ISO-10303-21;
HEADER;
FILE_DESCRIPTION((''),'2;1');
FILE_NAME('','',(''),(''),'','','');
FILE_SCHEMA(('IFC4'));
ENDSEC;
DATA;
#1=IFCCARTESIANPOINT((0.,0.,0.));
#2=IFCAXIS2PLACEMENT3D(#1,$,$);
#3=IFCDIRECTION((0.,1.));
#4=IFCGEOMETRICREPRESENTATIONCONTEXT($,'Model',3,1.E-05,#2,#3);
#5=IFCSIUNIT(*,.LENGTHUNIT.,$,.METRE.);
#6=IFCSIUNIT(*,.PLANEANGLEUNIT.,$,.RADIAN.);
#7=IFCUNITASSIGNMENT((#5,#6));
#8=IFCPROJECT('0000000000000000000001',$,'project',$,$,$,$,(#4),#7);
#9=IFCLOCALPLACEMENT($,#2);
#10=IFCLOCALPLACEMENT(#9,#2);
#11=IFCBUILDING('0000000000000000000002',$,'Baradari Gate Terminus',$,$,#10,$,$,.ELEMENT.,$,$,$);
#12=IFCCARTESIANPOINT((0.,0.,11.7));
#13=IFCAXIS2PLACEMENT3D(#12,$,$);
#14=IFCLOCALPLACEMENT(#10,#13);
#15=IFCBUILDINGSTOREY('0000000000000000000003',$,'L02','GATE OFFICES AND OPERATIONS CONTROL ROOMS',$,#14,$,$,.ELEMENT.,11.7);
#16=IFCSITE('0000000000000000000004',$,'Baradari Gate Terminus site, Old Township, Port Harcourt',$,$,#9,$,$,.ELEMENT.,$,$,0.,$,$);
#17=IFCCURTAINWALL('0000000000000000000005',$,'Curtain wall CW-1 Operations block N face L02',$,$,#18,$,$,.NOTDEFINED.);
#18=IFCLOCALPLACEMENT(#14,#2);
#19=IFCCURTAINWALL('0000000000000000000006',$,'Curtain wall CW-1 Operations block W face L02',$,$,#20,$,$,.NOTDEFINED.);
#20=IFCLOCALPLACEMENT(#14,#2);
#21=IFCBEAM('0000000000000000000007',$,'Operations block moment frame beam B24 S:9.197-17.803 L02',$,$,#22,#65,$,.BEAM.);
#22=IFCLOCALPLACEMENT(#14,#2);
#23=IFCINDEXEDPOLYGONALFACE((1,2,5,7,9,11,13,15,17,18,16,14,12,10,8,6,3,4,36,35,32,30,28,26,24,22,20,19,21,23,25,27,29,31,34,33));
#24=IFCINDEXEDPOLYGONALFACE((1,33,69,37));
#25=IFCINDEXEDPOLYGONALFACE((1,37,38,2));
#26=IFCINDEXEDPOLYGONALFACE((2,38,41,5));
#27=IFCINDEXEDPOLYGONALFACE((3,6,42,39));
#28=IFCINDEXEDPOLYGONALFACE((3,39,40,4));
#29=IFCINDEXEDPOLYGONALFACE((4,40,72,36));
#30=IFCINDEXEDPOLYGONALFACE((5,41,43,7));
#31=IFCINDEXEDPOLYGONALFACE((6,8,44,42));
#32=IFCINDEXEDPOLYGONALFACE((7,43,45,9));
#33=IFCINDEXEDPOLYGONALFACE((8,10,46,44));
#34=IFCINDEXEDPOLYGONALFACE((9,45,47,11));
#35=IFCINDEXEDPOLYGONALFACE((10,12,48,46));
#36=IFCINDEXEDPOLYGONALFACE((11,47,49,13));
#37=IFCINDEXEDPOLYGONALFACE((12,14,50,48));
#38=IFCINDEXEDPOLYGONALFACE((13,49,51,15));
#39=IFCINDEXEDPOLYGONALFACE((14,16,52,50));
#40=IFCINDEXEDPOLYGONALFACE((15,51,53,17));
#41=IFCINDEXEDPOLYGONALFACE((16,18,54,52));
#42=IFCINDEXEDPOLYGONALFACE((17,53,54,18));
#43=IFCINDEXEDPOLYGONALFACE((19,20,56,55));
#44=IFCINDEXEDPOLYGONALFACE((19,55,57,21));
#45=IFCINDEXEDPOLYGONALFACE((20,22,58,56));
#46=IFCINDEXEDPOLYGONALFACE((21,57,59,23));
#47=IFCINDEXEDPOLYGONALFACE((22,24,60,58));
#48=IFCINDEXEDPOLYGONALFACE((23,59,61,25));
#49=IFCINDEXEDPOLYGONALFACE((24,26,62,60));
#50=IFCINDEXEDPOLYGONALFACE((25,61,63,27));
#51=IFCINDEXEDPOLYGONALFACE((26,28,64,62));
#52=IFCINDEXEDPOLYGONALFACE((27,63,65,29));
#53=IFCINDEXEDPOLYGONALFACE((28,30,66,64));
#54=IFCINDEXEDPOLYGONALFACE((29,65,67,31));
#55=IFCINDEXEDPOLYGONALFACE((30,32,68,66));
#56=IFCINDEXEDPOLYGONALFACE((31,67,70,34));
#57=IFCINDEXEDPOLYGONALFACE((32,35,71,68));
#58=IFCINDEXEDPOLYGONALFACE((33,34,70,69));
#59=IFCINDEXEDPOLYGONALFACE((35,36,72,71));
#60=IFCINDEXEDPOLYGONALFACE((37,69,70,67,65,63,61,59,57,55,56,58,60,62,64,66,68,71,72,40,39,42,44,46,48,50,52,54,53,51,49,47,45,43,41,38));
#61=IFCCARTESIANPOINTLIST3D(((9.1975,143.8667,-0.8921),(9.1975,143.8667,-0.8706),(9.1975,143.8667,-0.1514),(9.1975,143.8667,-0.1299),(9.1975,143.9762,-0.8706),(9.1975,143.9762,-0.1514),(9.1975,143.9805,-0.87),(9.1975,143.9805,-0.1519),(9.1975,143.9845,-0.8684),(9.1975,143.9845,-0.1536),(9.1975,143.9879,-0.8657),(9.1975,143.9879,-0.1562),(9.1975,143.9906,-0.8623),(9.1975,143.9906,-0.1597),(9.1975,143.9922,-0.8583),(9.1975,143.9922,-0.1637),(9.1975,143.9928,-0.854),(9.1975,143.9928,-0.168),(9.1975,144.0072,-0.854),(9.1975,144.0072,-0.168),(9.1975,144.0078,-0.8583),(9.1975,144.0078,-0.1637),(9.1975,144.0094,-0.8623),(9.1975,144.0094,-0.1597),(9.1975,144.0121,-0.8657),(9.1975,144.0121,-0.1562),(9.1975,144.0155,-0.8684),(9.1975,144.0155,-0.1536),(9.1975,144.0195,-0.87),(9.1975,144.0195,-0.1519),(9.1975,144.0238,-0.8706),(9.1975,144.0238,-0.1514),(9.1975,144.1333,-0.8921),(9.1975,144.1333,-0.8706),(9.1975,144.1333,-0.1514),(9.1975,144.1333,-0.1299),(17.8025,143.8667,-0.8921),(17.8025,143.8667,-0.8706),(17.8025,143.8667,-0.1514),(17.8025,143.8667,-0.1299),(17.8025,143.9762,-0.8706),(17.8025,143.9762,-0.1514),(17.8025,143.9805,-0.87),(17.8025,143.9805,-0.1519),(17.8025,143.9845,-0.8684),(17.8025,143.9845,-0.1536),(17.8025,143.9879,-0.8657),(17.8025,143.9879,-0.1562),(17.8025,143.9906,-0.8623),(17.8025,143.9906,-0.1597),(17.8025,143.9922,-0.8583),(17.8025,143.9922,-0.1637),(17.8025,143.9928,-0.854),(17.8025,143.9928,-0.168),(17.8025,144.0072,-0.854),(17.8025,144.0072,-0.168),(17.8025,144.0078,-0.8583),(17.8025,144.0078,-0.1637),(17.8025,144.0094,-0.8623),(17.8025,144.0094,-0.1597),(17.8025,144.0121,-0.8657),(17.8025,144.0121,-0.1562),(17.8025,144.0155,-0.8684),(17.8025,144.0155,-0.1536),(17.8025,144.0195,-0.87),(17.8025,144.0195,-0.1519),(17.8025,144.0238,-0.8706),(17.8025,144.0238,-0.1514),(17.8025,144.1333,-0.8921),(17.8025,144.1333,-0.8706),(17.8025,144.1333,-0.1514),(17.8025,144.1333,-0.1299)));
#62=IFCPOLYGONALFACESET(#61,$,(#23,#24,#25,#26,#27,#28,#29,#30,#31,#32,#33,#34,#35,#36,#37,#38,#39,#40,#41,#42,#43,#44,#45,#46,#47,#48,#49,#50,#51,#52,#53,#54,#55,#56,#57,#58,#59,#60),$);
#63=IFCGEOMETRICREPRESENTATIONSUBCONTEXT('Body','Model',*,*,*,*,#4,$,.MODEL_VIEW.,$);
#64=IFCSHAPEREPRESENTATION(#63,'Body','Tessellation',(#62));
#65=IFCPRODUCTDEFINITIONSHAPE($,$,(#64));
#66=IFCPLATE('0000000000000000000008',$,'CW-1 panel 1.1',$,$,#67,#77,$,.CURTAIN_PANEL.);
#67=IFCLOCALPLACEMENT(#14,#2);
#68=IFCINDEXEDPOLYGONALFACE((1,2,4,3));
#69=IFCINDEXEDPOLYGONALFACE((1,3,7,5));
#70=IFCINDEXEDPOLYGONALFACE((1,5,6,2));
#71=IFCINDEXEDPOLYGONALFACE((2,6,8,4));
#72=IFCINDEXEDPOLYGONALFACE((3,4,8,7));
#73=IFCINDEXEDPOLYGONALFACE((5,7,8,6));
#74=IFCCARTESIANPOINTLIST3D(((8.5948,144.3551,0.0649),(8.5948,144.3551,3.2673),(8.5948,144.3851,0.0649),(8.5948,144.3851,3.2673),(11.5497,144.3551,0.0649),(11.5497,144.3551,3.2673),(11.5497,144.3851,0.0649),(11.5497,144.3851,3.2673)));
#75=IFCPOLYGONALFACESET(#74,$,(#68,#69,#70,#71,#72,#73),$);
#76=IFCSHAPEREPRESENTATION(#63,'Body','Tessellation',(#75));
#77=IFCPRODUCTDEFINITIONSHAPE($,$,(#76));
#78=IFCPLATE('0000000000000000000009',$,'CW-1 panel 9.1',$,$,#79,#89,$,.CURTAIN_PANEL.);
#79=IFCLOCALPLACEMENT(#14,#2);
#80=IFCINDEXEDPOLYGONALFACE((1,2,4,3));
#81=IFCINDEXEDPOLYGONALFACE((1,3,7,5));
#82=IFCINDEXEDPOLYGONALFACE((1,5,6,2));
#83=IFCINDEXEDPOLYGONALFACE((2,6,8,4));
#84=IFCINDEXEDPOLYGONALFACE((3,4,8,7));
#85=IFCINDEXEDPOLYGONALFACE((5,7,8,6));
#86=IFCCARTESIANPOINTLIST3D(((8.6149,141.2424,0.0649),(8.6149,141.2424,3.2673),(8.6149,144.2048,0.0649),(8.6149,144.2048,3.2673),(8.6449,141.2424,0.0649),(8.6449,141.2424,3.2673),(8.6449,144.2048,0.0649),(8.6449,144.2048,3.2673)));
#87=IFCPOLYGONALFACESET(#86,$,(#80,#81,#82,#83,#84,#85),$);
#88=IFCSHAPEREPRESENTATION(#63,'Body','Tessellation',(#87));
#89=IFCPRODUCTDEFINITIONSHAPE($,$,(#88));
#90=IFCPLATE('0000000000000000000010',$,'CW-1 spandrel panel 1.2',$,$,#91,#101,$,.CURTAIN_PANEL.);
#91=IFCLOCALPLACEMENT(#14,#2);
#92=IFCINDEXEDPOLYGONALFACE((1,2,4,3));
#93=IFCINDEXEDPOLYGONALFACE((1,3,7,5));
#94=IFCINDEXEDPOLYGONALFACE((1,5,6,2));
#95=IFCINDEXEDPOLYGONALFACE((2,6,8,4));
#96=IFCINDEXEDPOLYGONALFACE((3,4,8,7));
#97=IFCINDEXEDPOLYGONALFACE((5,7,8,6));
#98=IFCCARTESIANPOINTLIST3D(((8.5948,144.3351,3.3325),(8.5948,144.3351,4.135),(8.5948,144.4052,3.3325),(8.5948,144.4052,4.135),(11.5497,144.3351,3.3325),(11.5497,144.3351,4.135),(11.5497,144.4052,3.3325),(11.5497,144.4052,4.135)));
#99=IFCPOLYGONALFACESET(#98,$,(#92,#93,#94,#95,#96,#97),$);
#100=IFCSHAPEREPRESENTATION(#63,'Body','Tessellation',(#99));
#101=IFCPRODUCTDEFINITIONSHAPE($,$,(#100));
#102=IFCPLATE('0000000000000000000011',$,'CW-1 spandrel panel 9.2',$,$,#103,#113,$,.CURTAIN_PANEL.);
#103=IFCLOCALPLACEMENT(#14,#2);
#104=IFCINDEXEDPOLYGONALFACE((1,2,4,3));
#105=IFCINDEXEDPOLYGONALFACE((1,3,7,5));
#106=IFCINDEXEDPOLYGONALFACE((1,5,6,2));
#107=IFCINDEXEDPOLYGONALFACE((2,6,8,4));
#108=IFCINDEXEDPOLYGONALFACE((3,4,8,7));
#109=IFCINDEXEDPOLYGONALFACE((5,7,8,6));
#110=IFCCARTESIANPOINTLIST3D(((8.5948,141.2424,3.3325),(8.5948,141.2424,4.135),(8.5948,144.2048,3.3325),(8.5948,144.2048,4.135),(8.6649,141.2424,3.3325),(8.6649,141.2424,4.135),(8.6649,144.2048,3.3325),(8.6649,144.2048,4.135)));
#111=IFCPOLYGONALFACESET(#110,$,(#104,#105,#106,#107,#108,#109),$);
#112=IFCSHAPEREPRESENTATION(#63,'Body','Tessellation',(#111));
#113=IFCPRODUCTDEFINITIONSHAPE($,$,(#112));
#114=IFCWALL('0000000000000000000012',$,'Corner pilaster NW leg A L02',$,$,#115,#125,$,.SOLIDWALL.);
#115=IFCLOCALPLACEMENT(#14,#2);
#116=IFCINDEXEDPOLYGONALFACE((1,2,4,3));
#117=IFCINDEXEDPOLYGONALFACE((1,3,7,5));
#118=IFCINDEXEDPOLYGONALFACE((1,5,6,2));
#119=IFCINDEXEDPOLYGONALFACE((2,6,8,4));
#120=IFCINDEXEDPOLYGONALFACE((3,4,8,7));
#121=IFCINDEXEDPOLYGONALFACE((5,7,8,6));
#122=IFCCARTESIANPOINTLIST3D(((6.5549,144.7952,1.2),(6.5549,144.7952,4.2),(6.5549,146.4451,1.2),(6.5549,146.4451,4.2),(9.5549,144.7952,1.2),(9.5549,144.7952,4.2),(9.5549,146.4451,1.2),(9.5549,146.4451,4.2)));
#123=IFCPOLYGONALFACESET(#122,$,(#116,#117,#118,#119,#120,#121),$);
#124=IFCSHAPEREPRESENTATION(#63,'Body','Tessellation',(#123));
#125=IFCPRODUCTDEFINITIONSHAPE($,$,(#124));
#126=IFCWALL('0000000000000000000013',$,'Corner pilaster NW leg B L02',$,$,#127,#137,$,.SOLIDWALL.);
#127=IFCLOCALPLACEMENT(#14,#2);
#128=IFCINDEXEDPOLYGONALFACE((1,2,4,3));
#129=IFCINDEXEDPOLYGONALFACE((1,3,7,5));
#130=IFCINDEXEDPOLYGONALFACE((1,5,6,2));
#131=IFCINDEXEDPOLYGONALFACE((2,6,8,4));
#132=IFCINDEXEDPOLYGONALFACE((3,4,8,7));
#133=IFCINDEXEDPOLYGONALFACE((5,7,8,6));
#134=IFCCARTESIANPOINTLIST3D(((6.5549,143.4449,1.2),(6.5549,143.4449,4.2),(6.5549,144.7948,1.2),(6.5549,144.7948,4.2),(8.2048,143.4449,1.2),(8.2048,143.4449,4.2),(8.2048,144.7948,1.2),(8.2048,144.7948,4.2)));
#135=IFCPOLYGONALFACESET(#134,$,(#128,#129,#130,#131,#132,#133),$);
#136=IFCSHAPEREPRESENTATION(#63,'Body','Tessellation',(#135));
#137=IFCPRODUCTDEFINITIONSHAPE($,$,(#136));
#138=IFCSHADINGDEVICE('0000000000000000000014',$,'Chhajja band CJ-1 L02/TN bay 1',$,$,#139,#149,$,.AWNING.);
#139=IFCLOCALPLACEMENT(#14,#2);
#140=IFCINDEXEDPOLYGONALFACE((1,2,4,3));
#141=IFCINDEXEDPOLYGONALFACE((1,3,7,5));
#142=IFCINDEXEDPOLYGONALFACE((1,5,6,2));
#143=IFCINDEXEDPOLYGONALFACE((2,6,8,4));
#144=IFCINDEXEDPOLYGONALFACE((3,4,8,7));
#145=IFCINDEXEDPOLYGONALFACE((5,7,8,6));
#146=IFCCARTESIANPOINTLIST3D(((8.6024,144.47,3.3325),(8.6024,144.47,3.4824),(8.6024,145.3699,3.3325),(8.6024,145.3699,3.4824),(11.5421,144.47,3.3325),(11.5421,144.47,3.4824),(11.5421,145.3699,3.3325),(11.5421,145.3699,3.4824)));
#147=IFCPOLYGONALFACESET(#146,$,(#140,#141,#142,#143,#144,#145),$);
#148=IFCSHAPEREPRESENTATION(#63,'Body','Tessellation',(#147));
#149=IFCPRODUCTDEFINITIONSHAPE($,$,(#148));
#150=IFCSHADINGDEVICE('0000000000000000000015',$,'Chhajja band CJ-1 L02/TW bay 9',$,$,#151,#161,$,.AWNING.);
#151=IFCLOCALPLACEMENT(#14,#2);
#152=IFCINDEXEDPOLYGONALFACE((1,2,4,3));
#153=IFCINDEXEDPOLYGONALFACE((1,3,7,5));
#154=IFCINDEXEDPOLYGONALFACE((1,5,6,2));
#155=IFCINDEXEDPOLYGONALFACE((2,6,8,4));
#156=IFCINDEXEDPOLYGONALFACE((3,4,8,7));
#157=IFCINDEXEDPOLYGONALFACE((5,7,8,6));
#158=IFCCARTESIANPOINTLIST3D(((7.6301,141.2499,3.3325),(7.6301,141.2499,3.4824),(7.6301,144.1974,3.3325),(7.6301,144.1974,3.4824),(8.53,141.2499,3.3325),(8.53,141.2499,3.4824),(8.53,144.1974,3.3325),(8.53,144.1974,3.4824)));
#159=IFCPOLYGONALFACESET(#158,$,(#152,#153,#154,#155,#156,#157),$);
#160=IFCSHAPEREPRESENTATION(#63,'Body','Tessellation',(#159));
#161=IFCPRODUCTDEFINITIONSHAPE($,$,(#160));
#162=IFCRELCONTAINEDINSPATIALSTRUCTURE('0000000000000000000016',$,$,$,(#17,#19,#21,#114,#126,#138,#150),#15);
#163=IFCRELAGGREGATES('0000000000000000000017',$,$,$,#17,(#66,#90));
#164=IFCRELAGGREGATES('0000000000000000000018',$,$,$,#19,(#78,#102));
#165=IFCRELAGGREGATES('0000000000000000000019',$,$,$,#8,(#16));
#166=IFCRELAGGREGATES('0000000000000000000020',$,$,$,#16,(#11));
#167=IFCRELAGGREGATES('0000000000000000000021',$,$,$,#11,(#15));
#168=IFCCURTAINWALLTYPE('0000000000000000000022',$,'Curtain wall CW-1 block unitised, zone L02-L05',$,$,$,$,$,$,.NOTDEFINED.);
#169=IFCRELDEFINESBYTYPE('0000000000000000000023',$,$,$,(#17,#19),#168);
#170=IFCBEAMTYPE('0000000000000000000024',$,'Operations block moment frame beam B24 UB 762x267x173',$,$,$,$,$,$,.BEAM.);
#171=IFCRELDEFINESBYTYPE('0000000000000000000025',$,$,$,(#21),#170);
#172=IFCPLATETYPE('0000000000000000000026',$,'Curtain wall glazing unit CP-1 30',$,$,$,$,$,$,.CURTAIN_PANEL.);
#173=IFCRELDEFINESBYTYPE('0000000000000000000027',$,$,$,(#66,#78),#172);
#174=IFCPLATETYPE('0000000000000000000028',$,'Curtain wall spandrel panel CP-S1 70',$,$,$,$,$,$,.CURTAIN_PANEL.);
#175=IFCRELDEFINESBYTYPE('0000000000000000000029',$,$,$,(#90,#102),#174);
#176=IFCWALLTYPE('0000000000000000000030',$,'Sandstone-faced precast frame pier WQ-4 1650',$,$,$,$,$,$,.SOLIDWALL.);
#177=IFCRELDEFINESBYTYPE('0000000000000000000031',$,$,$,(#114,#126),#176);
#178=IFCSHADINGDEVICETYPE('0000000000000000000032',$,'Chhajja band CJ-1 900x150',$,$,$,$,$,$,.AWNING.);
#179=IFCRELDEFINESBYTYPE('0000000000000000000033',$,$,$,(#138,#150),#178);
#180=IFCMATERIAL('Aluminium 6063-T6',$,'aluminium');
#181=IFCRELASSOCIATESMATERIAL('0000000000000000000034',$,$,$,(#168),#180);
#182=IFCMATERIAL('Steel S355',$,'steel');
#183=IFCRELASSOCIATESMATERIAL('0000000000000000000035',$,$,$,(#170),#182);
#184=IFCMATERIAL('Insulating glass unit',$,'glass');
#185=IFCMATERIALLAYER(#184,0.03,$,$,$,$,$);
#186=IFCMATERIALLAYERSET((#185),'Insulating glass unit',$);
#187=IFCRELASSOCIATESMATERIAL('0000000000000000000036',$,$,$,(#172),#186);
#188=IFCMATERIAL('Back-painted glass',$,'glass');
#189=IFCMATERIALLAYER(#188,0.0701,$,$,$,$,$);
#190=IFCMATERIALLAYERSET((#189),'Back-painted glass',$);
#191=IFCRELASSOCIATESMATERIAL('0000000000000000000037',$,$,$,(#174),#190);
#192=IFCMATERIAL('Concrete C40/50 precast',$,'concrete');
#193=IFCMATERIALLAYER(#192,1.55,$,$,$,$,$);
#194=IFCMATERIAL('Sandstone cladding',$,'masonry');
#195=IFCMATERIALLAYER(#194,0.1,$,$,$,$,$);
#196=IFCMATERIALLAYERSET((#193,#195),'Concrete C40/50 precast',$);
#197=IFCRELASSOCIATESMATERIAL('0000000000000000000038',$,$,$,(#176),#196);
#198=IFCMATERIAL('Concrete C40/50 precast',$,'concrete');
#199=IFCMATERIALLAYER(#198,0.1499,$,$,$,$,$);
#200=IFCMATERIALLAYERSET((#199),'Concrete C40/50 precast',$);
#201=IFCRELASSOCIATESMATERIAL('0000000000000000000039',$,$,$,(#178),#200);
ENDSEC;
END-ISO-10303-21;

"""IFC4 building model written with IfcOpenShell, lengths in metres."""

from ifc_helpers import new_model, si_unit, direction, frame, frame_2d, origin, origin_2d, place, context, subcontext, project, spatial, rectangle, i_section, extrude, material, layer, layer_set, material_profile, profile_set, type_object, element, aggregate, save


model = new_model("IFC4")

# Units and contexts
model_context = context("Model", 3, precision=1e-05, world=origin(), true_north=direction((0.0, 1.0)))
body_context = subcontext(model_context, "Body", "Model", "MODEL_VIEW")
ifc_project = project(units=[si_unit("LENGTHUNIT", "METRE"), si_unit("PLANEANGLEUNIT", "RADIAN")], contexts=[model_context])

# Site, building, storey
site_placement = place(None, origin())
site = spatial("IfcSite", under=ifc_project, at=site_placement, Name="Baradari Gate Terminus site, Old Township, Port Harcourt", CompositionType="ELEMENT", RefElevation=0.0)
building_placement = place(site_placement, origin())
building = spatial("IfcBuilding", under=site, at=building_placement, Name="Baradari Gate Terminus", CompositionType="ELEMENT")
storey_placement = place(building_placement, frame((0.0, 0.0, 11.7)))
storey = spatial("IfcBuildingStorey", under=building, at=storey_placement, Name="L02", Description="GATE OFFICES AND OPERATIONS CONTROL ROOMS", CompositionType="ELEMENT", Elevation=11.7)

# Curtain wall
ifc_material_1 = material(Name="Aluminium 6063-T6", Category="aluminium")
curtain_wall_type = type_object("IfcCurtainWallType", Name="Curtain wall CW-1 block unitised, zone L02-L05", PredefinedType="NOTDEFINED", material=ifc_material_1)
curtain_wall_1_placement = place(storey_placement, origin())
curtain_wall_1 = element("IfcCurtainWall", 1, at=curtain_wall_1_placement, inside=storey, type_object=curtain_wall_type, Name="Curtain wall CW-1 Operations block N face L02", PredefinedType="NOTDEFINED")

# Curtain wall
curtain_wall_2_placement = place(storey_placement, origin())
curtain_wall_2 = element("IfcCurtainWall", 2, at=curtain_wall_2_placement, inside=storey, type_object=curtain_wall_type, Name="Curtain wall CW-1 Operations block W face L02", PredefinedType="NOTDEFINED")

# Beam
ifc_material_2 = material(Name="Steel S355", Category="steel")
ifc_material_profile_1 = material_profile(ifc_material_2, i_section(OverallWidth=0.2666, OverallDepth=0.7622, WebThickness=0.0144, FlangeThickness=0.0215, FilletRadius=0.0166, at=origin_2d()), Name="UB 762x267x173")
ifc_profile_set_1 = profile_set([ifc_material_profile_1], Name="Steel S355")
beam_type = type_object("IfcBeamType", Name="Operations block moment frame beam B24 UB 762x267x173", PredefinedType="BEAM", material=ifc_profile_set_1)
beam_placement = place(storey_placement, frame((9.1975, 144.0, -0.511), z_axis=(1.0, 0.0, 0.0), x_axis=(0.0, 1.0, 0.0)))
element("IfcBeam", 3, at=beam_placement, inside=storey, type_object=beam_type, Name="Operations block moment frame beam B24 S:9.197-17.803 L02", PredefinedType="BEAM", context=body_context, shape_type="SweptSolid", body=[
    extrude(i_section(OverallWidth=0.2666, OverallDepth=0.7622, WebThickness=0.0144, FlangeThickness=0.0215, FilletRadius=0.0166, at=origin_2d()), origin(), (0.0, 0.0, 1.0), 8.605),
])

# Plates
ifc_material_3 = material(Name="Insulating glass unit", Category="glass")
ifc_layer_1 = layer(ifc_material_3, 0.03)
ifc_layer_set_1 = layer_set([ifc_layer_1], Name="Insulating glass unit")
plate_type_1 = type_object("IfcPlateType", Name="Curtain wall glazing unit CP-1 30", PredefinedType="CURTAIN_PANEL", material=ifc_layer_set_1)
plate_1_placement = place(storey_placement, frame((10.0723, 144.3701, 0.0649), z_axis=(0.0, 0.0, 1.0), x_axis=(1.0, 0.0, 0.0)))
plate_1 = element("IfcPlate", 4, at=plate_1_placement, type_object=plate_type_1, Name="CW-1 panel 1.1", PredefinedType="CURTAIN_PANEL", context=body_context, shape_type="SweptSolid", body=[
    extrude(rectangle(XDim=2.9548, YDim=0.03, at=origin_2d()), origin(), (0.0, 0.0, 1.0), 3.2024),
])
plate_2_placement = place(storey_placement, frame((8.6299, 142.7236, 0.0649), z_axis=(0.0, 0.0, 1.0), x_axis=(0.0, 1.0, 0.0)))
plate_2 = element("IfcPlate", 5, at=plate_2_placement, type_object=plate_type_1, Name="CW-1 panel 9.1", PredefinedType="CURTAIN_PANEL", context=body_context, shape_type="SweptSolid", body=[
    extrude(rectangle(XDim=2.9624, YDim=0.03, at=origin_2d()), origin(), (0.0, 0.0, 1.0), 3.2024),
])
ifc_material_4 = material(Name="Back-painted glass", Category="glass")
ifc_layer_2 = layer(ifc_material_4, 0.0701)
ifc_layer_set_2 = layer_set([ifc_layer_2], Name="Back-painted glass")
plate_type_2 = type_object("IfcPlateType", Name="Curtain wall spandrel panel CP-S1 70", PredefinedType="CURTAIN_PANEL", material=ifc_layer_set_2)
plate_3_placement = place(storey_placement, frame((10.0723, 144.3701, 3.3325), z_axis=(0.0, 0.0, 1.0), x_axis=(1.0, 0.0, 0.0)))
plate_3 = element("IfcPlate", 6, at=plate_3_placement, type_object=plate_type_2, Name="CW-1 spandrel panel 1.2", PredefinedType="CURTAIN_PANEL", context=body_context, shape_type="SweptSolid", body=[
    extrude(rectangle(XDim=2.9548, YDim=0.0701, at=origin_2d()), origin(), (0.0, 0.0, 1.0), 0.8025),
])
aggregate(curtain_wall_1, [plate_1, plate_3])
plate_4_placement = place(storey_placement, frame((8.6299, 142.7236, 3.3325), z_axis=(0.0, 0.0, 1.0), x_axis=(0.0, 1.0, 0.0)))
plate_4 = element("IfcPlate", 7, at=plate_4_placement, type_object=plate_type_2, Name="CW-1 spandrel panel 9.2", PredefinedType="CURTAIN_PANEL", context=body_context, shape_type="SweptSolid", body=[
    extrude(rectangle(XDim=2.9624, YDim=0.0701, at=origin_2d()), origin(), (0.0, 0.0, 1.0), 0.8025),
])
aggregate(curtain_wall_2, [plate_2, plate_4])

# Walls
ifc_material_5 = material(Name="Concrete C40/50 precast", Category="concrete")
ifc_layer_3 = layer(ifc_material_5, 1.55)
ifc_material_6 = material(Name="Sandstone cladding", Category="masonry")
ifc_layer_4 = layer(ifc_material_6, 0.1)
ifc_layer_set_3 = layer_set([ifc_layer_3, ifc_layer_4], Name="Concrete C40/50 precast")
wall_type = type_object("IfcWallType", Name="Sandstone-faced precast frame pier WQ-4 1650", PredefinedType="SOLIDWALL", material=ifc_layer_set_3)
wall_1_placement = place(storey_placement, frame((6.5549, 145.6201, 1.2), z_axis=(0.0, 0.0, 1.0), x_axis=(1.0, 0.0, 0.0)))
element("IfcWall", 8, at=wall_1_placement, inside=storey, type_object=wall_type, Name="Corner pilaster NW leg A L02", PredefinedType="SOLIDWALL", context=body_context, shape_type="SweptSolid", body=[
    extrude(rectangle(XDim=3.0, YDim=1.6499, at=frame_2d((1.5, 0.0))), origin(), (0.0, 0.0, 1.0), 3.0),
])
wall_2_placement = place(storey_placement, frame((7.3799, 143.4451, 1.2), z_axis=(0.0, 0.0, 1.0), x_axis=(0.0, 1.0, 0.0)))
element("IfcWall", 9, at=wall_2_placement, inside=storey, type_object=wall_type, Name="Corner pilaster NW leg B L02", PredefinedType="SOLIDWALL", context=body_context, shape_type="SweptSolid", body=[
    extrude(rectangle(XDim=1.3499, YDim=1.6499, at=frame_2d((0.6748, 0.0))), origin(), (0.0, 0.0, 1.0), 3.0),
])

# Shading devices
ifc_material_7 = material(Name="Concrete C40/50 precast", Category="concrete")
ifc_layer_5 = layer(ifc_material_7, 0.1499)
ifc_layer_set_4 = layer_set([ifc_layer_5], Name="Concrete C40/50 precast")
shading_device_type_1 = type_object("IfcShadingDeviceType", Name="Chhajja band CJ-1 900x150", PredefinedType="AWNING", material=ifc_layer_set_4)
shading_device_1_placement = place(storey_placement, frame((10.0723, 144.9199, 3.3325), z_axis=(0.0, 0.0, 1.0), x_axis=(1.0, 0.0, 0.0)))
element("IfcShadingDevice", 10, at=shading_device_1_placement, inside=storey, type_object=shading_device_type_1, Name="Chhajja band CJ-1 L02/TN bay 1", PredefinedType="AWNING", context=body_context, shape_type="SweptSolid", body=[
    extrude(rectangle(XDim=2.9397, YDim=0.8999, at=origin_2d()), origin(), (0.0, 0.0, 1.0), 0.1499),
])
shading_device_2_placement = place(storey_placement, frame((8.0801, 142.7236, 3.3325), z_axis=(0.0, 0.0, 1.0), x_axis=(0.0, 1.0, 0.0)))
element("IfcShadingDevice", 11, at=shading_device_2_placement, inside=storey, type_object=shading_device_type_1, Name="Chhajja band CJ-1 L02/TW bay 9", PredefinedType="AWNING", context=body_context, shape_type="SweptSolid", body=[
    extrude(rectangle(XDim=2.9475, YDim=0.8999, at=origin_2d()), origin(), (0.0, 0.0, 1.0), 0.1499),
])

save(model, "model.ifc")
